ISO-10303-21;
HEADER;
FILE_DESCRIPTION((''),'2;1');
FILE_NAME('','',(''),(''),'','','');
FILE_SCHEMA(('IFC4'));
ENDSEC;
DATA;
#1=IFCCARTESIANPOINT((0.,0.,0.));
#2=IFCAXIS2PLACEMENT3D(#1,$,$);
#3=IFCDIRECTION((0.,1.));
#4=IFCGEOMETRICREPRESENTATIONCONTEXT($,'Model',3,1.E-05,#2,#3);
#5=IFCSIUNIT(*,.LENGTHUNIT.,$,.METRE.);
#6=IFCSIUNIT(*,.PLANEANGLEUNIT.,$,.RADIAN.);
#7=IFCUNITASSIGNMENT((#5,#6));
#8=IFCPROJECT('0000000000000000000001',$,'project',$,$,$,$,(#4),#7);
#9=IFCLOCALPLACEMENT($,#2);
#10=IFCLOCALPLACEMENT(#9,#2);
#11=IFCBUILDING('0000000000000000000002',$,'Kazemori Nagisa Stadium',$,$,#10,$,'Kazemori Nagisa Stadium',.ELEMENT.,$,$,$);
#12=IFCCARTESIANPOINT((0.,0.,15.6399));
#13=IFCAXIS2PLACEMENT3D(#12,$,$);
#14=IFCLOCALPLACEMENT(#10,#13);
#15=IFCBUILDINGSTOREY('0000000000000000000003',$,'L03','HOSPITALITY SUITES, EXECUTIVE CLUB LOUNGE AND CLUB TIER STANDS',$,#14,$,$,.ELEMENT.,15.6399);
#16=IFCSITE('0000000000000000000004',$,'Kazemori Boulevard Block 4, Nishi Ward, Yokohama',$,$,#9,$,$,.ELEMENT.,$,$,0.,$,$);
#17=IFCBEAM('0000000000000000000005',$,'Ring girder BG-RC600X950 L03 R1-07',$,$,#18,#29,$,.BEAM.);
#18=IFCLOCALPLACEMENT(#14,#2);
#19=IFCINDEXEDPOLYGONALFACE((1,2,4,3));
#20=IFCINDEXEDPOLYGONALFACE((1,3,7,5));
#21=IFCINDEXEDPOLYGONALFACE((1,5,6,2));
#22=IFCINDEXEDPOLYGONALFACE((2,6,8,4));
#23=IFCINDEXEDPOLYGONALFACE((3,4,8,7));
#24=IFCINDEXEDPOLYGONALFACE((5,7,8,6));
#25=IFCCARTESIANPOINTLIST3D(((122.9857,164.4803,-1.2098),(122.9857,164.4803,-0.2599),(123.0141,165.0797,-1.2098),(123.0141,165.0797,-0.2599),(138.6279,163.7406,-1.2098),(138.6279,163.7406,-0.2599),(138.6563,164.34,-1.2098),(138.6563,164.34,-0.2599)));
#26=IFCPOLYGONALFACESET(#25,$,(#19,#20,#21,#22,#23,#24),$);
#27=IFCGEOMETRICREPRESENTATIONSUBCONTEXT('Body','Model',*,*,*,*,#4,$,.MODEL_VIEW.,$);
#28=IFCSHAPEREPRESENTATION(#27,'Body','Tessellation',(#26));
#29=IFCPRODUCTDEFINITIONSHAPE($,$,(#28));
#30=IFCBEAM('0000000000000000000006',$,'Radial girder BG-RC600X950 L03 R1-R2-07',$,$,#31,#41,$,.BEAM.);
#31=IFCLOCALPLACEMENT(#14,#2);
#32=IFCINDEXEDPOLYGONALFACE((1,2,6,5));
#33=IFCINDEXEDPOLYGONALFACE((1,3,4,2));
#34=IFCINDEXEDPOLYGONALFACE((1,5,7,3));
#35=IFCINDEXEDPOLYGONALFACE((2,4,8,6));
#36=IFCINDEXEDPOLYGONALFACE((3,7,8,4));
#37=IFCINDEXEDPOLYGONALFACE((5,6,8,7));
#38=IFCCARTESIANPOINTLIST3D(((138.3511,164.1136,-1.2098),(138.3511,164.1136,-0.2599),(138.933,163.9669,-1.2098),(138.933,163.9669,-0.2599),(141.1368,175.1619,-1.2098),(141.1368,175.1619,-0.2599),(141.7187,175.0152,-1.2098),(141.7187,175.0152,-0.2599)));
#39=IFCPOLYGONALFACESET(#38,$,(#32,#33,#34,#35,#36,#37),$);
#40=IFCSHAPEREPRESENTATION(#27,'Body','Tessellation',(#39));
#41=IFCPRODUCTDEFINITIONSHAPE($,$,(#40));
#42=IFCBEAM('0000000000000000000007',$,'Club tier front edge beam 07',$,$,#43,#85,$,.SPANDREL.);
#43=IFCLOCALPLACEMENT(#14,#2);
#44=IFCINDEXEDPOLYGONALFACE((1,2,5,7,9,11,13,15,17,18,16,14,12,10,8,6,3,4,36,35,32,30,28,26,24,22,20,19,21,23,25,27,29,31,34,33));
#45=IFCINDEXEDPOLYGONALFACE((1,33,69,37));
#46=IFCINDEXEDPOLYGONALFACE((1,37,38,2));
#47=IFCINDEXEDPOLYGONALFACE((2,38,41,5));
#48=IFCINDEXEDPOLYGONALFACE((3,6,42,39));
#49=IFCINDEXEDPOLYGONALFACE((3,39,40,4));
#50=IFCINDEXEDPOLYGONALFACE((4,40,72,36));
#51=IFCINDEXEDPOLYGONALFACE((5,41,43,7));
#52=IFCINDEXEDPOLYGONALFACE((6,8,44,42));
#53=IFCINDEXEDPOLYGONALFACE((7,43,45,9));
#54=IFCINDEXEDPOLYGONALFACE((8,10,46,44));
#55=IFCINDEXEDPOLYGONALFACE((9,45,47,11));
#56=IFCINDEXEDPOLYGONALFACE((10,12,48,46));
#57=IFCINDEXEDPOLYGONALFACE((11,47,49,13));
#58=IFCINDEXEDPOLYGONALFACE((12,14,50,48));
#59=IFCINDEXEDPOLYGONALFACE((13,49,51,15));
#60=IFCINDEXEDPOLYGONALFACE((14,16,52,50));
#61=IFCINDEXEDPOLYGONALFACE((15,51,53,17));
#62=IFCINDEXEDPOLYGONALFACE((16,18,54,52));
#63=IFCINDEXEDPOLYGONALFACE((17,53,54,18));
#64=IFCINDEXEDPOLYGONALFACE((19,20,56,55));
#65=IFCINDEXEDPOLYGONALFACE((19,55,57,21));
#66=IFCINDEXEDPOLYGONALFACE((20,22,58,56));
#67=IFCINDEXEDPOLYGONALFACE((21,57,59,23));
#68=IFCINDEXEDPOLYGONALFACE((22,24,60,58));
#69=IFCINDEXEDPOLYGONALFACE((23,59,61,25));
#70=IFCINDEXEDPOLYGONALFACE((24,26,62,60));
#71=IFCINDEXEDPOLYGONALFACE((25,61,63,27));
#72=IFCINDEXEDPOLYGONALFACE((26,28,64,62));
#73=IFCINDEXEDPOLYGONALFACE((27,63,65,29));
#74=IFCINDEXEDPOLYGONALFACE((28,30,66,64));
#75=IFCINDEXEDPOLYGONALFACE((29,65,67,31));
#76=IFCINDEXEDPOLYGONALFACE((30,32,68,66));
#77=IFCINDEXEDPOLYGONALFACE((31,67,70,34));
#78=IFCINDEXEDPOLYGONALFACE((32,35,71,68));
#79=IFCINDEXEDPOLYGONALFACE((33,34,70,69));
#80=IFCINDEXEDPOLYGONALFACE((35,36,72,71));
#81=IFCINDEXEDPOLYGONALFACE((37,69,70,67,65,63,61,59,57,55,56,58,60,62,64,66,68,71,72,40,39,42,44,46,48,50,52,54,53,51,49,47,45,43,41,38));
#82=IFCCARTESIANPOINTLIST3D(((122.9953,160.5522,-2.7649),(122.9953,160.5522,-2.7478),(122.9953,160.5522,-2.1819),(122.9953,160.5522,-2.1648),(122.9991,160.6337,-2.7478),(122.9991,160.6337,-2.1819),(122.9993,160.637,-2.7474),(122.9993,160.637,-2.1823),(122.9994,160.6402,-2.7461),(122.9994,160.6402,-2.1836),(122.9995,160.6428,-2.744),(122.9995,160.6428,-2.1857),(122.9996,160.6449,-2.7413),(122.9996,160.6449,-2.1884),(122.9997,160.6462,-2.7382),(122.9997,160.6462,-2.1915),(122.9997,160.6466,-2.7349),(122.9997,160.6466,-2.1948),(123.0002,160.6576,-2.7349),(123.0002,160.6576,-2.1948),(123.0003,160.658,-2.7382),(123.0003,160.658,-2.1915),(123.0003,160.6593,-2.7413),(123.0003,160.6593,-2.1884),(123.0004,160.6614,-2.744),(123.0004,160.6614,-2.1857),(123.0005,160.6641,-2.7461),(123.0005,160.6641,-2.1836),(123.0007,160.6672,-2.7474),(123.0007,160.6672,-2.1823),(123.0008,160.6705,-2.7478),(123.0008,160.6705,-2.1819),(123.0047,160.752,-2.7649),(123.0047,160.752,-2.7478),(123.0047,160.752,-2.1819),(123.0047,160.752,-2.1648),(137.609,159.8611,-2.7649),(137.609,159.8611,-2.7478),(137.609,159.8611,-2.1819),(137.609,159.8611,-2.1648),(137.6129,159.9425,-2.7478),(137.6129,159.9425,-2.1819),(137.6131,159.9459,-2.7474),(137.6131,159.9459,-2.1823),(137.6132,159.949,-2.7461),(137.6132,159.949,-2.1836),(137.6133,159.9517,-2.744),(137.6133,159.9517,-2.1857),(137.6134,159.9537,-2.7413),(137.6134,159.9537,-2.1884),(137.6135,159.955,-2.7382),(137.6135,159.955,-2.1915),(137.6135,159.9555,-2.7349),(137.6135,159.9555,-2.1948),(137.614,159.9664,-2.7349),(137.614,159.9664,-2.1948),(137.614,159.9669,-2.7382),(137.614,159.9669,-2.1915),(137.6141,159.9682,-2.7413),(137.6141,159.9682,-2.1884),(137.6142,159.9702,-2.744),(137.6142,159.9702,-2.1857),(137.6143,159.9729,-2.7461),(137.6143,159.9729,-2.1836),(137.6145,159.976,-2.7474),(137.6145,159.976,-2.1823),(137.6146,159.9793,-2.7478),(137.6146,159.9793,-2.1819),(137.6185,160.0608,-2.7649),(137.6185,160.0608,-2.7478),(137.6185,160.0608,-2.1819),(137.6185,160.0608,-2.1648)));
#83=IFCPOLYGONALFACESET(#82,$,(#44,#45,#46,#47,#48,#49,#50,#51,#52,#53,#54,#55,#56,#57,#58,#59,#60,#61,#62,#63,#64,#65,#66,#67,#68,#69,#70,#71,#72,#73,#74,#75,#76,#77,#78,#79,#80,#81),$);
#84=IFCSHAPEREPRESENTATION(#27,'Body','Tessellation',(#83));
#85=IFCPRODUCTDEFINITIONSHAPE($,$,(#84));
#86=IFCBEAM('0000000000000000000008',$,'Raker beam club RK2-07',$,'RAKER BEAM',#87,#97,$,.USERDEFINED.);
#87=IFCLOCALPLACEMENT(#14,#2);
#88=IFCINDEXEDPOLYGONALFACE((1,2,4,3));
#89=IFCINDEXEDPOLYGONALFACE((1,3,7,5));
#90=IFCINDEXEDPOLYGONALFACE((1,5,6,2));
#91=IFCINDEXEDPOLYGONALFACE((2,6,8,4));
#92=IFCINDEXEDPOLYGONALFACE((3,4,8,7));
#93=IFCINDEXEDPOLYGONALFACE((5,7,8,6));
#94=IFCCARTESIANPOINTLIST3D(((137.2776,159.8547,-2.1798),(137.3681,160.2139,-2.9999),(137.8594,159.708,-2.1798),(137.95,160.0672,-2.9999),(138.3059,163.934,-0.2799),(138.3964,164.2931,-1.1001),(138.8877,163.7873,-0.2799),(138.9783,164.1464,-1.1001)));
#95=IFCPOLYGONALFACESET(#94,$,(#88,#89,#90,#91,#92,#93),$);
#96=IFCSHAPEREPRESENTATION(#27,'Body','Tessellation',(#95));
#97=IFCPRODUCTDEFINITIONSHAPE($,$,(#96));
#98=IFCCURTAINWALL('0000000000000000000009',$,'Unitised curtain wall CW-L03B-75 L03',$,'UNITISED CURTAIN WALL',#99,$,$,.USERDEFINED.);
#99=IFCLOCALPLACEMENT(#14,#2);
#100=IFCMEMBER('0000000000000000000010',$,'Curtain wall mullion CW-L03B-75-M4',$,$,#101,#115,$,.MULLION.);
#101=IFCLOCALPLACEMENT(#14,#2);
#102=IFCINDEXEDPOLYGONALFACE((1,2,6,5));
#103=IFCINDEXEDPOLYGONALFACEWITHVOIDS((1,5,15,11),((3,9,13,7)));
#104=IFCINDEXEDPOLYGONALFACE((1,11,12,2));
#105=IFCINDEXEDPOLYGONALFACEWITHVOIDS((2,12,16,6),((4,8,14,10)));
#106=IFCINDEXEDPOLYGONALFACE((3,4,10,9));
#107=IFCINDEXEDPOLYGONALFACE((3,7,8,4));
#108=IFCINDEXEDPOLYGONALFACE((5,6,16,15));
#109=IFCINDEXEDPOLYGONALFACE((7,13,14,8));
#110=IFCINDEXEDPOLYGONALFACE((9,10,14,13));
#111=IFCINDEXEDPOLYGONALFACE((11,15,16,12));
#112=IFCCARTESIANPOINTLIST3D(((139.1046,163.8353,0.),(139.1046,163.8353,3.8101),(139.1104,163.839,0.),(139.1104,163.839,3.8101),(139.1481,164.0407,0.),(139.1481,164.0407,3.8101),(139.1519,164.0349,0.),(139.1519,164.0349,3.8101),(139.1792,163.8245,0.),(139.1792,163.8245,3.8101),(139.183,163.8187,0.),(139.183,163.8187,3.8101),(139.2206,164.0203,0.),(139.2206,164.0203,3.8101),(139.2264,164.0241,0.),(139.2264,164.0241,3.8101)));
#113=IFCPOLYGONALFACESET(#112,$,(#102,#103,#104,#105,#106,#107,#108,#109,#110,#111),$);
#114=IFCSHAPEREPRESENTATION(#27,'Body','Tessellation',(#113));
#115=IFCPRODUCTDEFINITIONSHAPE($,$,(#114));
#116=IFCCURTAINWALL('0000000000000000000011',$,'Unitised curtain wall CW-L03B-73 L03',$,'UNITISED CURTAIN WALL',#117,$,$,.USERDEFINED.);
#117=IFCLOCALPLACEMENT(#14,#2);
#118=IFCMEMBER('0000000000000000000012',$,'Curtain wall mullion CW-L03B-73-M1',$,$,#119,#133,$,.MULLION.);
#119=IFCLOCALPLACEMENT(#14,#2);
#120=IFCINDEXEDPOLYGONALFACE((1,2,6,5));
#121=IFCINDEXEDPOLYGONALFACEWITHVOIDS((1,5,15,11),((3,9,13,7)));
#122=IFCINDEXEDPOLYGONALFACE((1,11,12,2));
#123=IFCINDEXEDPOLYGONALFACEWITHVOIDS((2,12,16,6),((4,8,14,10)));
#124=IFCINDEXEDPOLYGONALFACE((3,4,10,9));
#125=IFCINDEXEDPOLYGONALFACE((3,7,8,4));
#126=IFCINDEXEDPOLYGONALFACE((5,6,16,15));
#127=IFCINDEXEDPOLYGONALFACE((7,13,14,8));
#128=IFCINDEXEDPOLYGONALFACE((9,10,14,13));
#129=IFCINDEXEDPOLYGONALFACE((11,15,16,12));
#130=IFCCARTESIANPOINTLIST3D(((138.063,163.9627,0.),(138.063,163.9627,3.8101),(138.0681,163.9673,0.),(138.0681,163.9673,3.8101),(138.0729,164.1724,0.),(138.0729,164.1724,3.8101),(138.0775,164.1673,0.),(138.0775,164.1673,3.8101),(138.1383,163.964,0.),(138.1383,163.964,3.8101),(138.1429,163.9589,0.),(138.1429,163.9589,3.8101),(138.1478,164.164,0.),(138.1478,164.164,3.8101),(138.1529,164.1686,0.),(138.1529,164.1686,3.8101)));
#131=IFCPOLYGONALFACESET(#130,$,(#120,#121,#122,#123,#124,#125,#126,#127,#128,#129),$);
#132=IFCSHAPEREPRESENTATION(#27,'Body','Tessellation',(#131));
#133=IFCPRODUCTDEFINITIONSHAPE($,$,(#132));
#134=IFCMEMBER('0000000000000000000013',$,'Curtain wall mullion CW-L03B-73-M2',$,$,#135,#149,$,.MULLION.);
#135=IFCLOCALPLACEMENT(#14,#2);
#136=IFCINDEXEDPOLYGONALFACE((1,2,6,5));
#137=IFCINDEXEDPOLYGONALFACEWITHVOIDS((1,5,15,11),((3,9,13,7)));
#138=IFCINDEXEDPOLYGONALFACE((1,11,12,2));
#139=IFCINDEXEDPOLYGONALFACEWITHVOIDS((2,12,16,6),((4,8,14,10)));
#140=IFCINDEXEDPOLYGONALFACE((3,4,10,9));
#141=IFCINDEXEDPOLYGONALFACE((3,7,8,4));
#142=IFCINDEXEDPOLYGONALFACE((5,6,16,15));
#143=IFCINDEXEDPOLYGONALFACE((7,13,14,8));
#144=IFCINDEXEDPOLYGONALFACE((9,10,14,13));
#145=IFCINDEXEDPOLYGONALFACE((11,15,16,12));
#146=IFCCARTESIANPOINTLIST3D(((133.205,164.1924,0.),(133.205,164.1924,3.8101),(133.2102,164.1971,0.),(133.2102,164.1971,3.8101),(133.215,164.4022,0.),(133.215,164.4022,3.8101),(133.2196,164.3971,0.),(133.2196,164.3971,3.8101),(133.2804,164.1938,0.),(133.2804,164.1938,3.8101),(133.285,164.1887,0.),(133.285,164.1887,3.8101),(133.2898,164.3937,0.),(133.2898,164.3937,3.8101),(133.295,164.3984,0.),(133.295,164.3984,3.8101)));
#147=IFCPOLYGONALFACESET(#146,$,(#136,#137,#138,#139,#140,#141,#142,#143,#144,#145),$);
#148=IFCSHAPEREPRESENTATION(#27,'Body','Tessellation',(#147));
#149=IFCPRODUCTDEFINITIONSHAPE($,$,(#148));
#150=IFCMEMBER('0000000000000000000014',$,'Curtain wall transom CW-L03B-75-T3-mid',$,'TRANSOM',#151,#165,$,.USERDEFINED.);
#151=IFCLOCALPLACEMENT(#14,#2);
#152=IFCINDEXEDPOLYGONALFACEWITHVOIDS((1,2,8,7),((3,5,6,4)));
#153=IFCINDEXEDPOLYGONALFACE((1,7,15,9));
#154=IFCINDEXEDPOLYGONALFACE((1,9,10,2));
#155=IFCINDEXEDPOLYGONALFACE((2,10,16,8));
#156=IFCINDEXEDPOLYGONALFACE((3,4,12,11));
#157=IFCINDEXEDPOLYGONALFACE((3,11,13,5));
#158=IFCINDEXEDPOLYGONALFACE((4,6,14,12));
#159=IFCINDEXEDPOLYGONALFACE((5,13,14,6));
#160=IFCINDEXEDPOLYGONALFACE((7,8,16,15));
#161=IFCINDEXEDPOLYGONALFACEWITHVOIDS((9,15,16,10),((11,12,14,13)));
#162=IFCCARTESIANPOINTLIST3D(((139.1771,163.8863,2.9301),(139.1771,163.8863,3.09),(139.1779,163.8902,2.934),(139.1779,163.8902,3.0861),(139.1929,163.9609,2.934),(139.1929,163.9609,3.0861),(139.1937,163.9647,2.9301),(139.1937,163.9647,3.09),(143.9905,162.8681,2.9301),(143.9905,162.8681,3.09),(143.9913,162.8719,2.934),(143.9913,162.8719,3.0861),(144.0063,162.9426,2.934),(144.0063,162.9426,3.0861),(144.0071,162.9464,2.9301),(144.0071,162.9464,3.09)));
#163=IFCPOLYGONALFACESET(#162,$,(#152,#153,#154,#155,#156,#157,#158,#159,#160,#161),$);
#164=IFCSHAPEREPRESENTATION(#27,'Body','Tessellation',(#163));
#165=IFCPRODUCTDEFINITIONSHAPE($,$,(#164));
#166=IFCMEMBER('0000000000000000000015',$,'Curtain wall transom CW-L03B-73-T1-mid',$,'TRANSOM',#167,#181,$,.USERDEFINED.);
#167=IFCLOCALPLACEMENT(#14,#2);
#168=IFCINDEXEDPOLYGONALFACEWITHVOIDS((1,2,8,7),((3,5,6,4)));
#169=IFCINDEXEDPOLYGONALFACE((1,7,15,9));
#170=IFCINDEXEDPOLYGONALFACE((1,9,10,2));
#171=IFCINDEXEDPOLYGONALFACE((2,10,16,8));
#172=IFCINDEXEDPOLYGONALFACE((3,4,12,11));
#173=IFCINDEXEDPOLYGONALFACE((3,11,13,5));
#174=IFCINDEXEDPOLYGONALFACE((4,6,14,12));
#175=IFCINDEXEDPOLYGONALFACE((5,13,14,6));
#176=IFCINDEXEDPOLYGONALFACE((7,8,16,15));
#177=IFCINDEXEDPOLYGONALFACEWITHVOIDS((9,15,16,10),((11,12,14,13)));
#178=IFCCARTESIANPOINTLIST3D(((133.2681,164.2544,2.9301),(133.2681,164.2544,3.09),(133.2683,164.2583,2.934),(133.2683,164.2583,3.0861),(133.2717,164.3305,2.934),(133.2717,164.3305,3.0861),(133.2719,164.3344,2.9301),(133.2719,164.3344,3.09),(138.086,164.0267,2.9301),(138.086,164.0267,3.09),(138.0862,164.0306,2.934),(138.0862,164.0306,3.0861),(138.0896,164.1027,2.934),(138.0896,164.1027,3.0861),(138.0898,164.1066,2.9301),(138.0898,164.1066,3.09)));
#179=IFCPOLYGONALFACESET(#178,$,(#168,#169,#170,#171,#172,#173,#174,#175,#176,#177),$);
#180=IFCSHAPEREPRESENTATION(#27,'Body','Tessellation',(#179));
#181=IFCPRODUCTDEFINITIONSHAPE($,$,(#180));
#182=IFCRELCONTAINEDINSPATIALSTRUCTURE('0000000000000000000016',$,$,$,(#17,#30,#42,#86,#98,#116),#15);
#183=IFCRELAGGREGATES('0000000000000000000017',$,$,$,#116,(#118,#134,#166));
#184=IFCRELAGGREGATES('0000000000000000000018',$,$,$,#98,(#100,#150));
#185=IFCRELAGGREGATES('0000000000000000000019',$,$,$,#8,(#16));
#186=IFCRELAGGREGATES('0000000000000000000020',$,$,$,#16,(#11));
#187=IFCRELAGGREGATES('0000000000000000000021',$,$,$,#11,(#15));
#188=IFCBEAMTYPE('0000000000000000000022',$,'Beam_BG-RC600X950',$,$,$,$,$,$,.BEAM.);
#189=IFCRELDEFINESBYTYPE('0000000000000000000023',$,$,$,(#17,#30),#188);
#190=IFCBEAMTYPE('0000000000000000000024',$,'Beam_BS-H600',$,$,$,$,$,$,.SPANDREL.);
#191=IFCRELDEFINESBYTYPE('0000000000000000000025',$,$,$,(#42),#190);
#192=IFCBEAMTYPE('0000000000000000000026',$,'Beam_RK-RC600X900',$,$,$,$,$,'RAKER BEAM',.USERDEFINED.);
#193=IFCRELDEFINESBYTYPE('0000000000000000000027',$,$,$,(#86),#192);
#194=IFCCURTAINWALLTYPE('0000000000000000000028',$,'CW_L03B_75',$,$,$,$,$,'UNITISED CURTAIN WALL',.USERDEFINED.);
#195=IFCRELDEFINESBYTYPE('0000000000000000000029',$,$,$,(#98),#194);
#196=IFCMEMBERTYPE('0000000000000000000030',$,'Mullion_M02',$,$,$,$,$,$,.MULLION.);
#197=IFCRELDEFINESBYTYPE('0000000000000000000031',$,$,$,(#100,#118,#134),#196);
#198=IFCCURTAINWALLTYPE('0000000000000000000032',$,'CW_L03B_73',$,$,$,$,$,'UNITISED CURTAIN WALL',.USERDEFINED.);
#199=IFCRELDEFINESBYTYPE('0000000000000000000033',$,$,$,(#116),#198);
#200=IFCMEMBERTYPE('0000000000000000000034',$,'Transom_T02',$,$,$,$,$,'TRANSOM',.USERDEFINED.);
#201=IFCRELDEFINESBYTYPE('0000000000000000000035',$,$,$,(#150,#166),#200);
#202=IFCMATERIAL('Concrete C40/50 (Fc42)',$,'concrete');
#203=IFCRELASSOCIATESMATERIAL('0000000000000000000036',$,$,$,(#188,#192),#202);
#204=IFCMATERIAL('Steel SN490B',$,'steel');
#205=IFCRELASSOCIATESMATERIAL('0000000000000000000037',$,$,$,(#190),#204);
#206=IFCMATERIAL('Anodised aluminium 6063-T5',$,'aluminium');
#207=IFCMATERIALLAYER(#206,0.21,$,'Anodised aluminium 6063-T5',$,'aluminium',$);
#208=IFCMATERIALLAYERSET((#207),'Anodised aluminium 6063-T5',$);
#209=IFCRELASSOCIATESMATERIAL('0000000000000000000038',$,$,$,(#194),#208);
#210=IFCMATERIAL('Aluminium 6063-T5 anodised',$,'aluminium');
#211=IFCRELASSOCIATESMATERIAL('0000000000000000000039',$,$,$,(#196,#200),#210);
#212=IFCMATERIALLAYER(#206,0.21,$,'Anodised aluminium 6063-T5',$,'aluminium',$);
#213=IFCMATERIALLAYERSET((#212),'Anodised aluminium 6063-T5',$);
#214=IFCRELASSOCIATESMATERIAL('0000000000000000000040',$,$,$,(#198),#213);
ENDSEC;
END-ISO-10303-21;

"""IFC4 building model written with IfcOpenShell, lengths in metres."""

from ifc_helpers import new_model, si_unit, direction, frame, origin, origin_2d, place, context, subcontext, project, spatial, rectangle, hollow_rectangle, i_section, extrude, material, layer, layer_set, material_profile, profile_set, type_object, element, aggregate, save


model = new_model("IFC4")

# Units and contexts
model_context = context("Model", 3, precision=1e-05, world=origin(), true_north=direction((0.0, 1.0)))
body_context = subcontext(model_context, "Body", "Model", "MODEL_VIEW")
ifc_project = project(units=[si_unit("LENGTHUNIT", "METRE"), si_unit("PLANEANGLEUNIT", "RADIAN")], contexts=[model_context])

# Site, building, storey
site_placement = place(None, origin())
site = spatial("IfcSite", under=ifc_project, at=site_placement, Name="Kazemori Boulevard Block 4, Nishi Ward, Yokohama", CompositionType="ELEMENT", RefElevation=0.0)
building_placement = place(site_placement, origin())
building = spatial("IfcBuilding", under=site, at=building_placement, Name="Kazemori Nagisa Stadium", LongName="Kazemori Nagisa Stadium", CompositionType="ELEMENT")
storey_placement = place(building_placement, frame((0.0, 0.0, 15.6399)))
storey = spatial("IfcBuildingStorey", under=building, at=storey_placement, Name="L03", Description="HOSPITALITY SUITES, EXECUTIVE CLUB LOUNGE AND CLUB TIER STANDS", CompositionType="ELEMENT", Elevation=15.6399)

# Shared definitions
ifc_material_1 = material(Name="Concrete C40/50 (Fc42)", Category="concrete")

# Beams
ifc_material_profile_1 = material_profile(ifc_material_1, rectangle(XDim=0.6001, YDim=0.95, at=origin_2d()), Name="RC-BM-600x950")
ifc_profile_set_1 = profile_set([ifc_material_profile_1], Name="Concrete C40/50 (Fc42)")
beam_type_1 = type_object("IfcBeamType", Name="Beam_BG-RC600X950", PredefinedType="BEAM", material=ifc_profile_set_1)
beam_1_placement = place(storey_placement, frame((138.6421, 164.0403, -0.7349), z_axis=(-0.998884, 0.047239, 0.0), x_axis=(-0.047239, -0.998884, 0.0)))
element("IfcBeam", 1, at=beam_1_placement, inside=storey, type_object=beam_type_1, Name="Ring girder BG-RC600X950 L03 R1-07", PredefinedType="BEAM", context=body_context, shape_type="SweptSolid", body=[
    extrude(rectangle(XDim=0.6001, YDim=0.95, at=origin_2d()), origin(), (0.0, 0.0, 1.0), 15.6597),
])
beam_2_placement = place(storey_placement, frame((138.6421, 164.0403, -0.7349), z_axis=(0.244481, 0.969654, 0.0), x_axis=(-0.969654, 0.244481, 0.0)))
element("IfcBeam", 2, at=beam_2_placement, inside=storey, type_object=beam_type_1, Name="Radial girder BG-RC600X950 L03 R1-R2-07", PredefinedType="BEAM", context=body_context, shape_type="SweptSolid", body=[
    extrude(rectangle(XDim=0.6001, YDim=0.95, at=origin_2d()), origin(), (0.0, 0.0, 1.0), 11.394),
])
ifc_material_2 = material(Name="Steel SN490B", Category="steel")
ifc_material_profile_2 = material_profile(ifc_material_2, i_section(OverallWidth=0.2, OverallDepth=0.6001, WebThickness=0.011, FlangeThickness=0.0171, FilletRadius=0.0129, at=origin_2d()), Name="H-600x200x11x17")
ifc_profile_set_2 = profile_set([ifc_material_profile_2], Name="Steel SN490B")
beam_type_2 = type_object("IfcBeamType", Name="Beam_BS-H600", PredefinedType="SPANDREL", material=ifc_profile_set_2)
beam_3_placement = place(storey_placement, frame((137.6138, 159.9609, -2.4648), z_axis=(-0.998883, 0.047242, 0.0), x_axis=(-0.047242, -0.998883, 0.0)))
element("IfcBeam", 3, at=beam_3_placement, inside=storey, type_object=beam_type_2, Name="Club tier front edge beam 07", PredefinedType="SPANDREL", context=body_context, shape_type="SweptSolid", body=[
    extrude(i_section(OverallWidth=0.2, OverallDepth=0.6001, WebThickness=0.011, FlangeThickness=0.0171, FilletRadius=0.0129, at=origin_2d()), origin(), (0.0, 0.0, 1.0), 14.6301),
])
ifc_material_profile_3 = material_profile(ifc_material_1, rectangle(XDim=0.6001, YDim=0.8999, at=origin_2d()), Name="RC-RK-600x900")
ifc_profile_set_3 = profile_set([ifc_material_profile_3], Name="Concrete C40/50 (Fc42)")
beam_type_3 = type_object("IfcBeamType", Name="Beam_RK-RC600X900", ElementType="RAKER BEAM", PredefinedType="USERDEFINED", material=ifc_profile_set_3)
beam_4_placement = place(storey_placement, frame((137.6138, 159.9609, -2.5898), z_axis=(0.222769, 0.883726, 0.411584), x_axis=(-0.969666, 0.244433, 0.0)))
element("IfcBeam", 4, at=beam_4_placement, inside=storey, type_object=beam_type_3, Name="Raker beam club RK2-07", ObjectType="RAKER BEAM", PredefinedType="USERDEFINED", context=body_context, shape_type="SweptSolid", body=[
    extrude(rectangle(XDim=0.6001, YDim=0.8999, at=origin_2d()), origin(), (0.0, 0.0, 1.0), 4.616),
])

# Curtain wall, member
ifc_material_3 = material(Name="Anodised aluminium 6063-T5", Category="aluminium")
ifc_layer_1 = layer(ifc_material_3, 0.21, Name="Anodised aluminium 6063-T5", Category="aluminium")
ifc_layer_set_1 = layer_set([ifc_layer_1], Name="Anodised aluminium 6063-T5")
curtain_wall_type_1 = type_object("IfcCurtainWallType", Name="CW_L03B_75", ElementType="UNITISED CURTAIN WALL", PredefinedType="USERDEFINED", material=ifc_layer_set_1)
curtain_wall_1_placement = place(storey_placement, origin())
curtain_wall_1 = element("IfcCurtainWall", 5, at=curtain_wall_1_placement, inside=storey, type_object=curtain_wall_type_1, Name="Unitised curtain wall CW-L03B-75 L03", ObjectType="UNITISED CURTAIN WALL", PredefinedType="USERDEFINED")
ifc_material_4 = material(Name="Aluminium 6063-T5 anodised", Category="aluminium")
ifc_material_profile_4 = material_profile(ifc_material_4, hollow_rectangle(XDim=0.0801, YDim=0.21, WallThickness=0.0049, at=origin_2d()), Name="ALU-MULL-80x210x5")
ifc_profile_set_4 = profile_set([ifc_material_profile_4], Name="Aluminium 6063-T5 anodised")
member_type_1 = type_object("IfcMemberType", Name="Mullion_M02", PredefinedType="MULLION", material=ifc_profile_set_4)
member_1_placement = place(storey_placement, frame((139.1655, 163.9297, 0.0), z_axis=(0.0, 0.0, 1.0), x_axis=(-0.978345, 0.206981, 0.0)))
member_1 = element("IfcMember", 6, at=member_1_placement, type_object=member_type_1, Name="Curtain wall mullion CW-L03B-75-M4", PredefinedType="MULLION", context=body_context, shape_type="SweptSolid", body=[
    extrude(hollow_rectangle(XDim=0.0801, YDim=0.21, WallThickness=0.0049, at=origin_2d()), origin(), (0.0, 0.0, 1.0), 3.8101),
])

# Curtain wall, members
ifc_layer_2 = layer(ifc_material_3, 0.21, Name="Anodised aluminium 6063-T5", Category="aluminium")
ifc_layer_set_2 = layer_set([ifc_layer_2], Name="Anodised aluminium 6063-T5")
curtain_wall_type_2 = type_object("IfcCurtainWallType", Name="CW_L03B_73", ElementType="UNITISED CURTAIN WALL", PredefinedType="USERDEFINED", material=ifc_layer_set_2)
curtain_wall_2_placement = place(storey_placement, origin())
curtain_wall_2 = element("IfcCurtainWall", 7, at=curtain_wall_2_placement, inside=storey, type_object=curtain_wall_type_2, Name="Unitised curtain wall CW-L03B-73 L03", ObjectType="UNITISED CURTAIN WALL", PredefinedType="USERDEFINED")
member_2_placement = place(storey_placement, frame((138.1079, 164.0657, 0.0), z_axis=(0.0, 0.0, 1.0), x_axis=(-0.998884, 0.04723, 0.0)))
member_2 = element("IfcMember", 8, at=member_2_placement, type_object=member_type_1, Name="Curtain wall mullion CW-L03B-73-M1", PredefinedType="MULLION", context=body_context, shape_type="SweptSolid", body=[
    extrude(hollow_rectangle(XDim=0.0801, YDim=0.21, WallThickness=0.0049, at=origin_2d()), origin(), (0.0, 0.0, 1.0), 3.8101),
])
member_3_placement = place(storey_placement, frame((133.25, 164.2954, 0.0), z_axis=(0.0, 0.0, 1.0), x_axis=(-0.998884, 0.04723, 0.0)))
member_3 = element("IfcMember", 9, at=member_3_placement, type_object=member_type_1, Name="Curtain wall mullion CW-L03B-73-M2", PredefinedType="MULLION", context=body_context, shape_type="SweptSolid", body=[
    extrude(hollow_rectangle(XDim=0.0801, YDim=0.21, WallThickness=0.0049, at=origin_2d()), origin(), (0.0, 0.0, 1.0), 3.8101),
])

# Members
ifc_material_profile_5 = material_profile(ifc_material_4, hollow_rectangle(XDim=0.0801, YDim=0.1599, WallThickness=0.0039, at=origin_2d()), Name="ALU-TRAN-80x160x4")
ifc_profile_set_5 = profile_set([ifc_material_profile_5], Name="Aluminium 6063-T5 anodised")
member_type_2 = type_object("IfcMemberType", Name="Transom_T02", ElementType="TRANSOM", PredefinedType="USERDEFINED", material=ifc_profile_set_5)
member_4_placement = place(storey_placement, frame((143.9988, 162.9072, 3.01), z_axis=(-0.978347, 0.206973, 0.0), x_axis=(-0.206973, -0.978347, 0.0)))
member_4 = element("IfcMember", 10, at=member_4_placement, type_object=member_type_2, Name="Curtain wall transom CW-L03B-75-T3-mid", ObjectType="TRANSOM", PredefinedType="USERDEFINED", context=body_context, shape_type="SweptSolid", body=[
    extrude(hollow_rectangle(XDim=0.0801, YDim=0.1599, WallThickness=0.0039, at=origin_2d()), origin(), (0.0, 0.0, 1.0), 4.9199),
])
member_5_placement = place(storey_placement, frame((138.0879, 164.0667, 3.01), z_axis=(-0.998884, 0.047226, 0.0), x_axis=(-0.047226, -0.998884, 0.0)))
member_5 = element("IfcMember", 11, at=member_5_placement, type_object=member_type_2, Name="Curtain wall transom CW-L03B-73-T1-mid", ObjectType="TRANSOM", PredefinedType="USERDEFINED", context=body_context, shape_type="SweptSolid", body=[
    extrude(hollow_rectangle(XDim=0.0801, YDim=0.1599, WallThickness=0.0039, at=origin_2d()), origin(), (0.0, 0.0, 1.0), 4.8232),
])

aggregate(curtain_wall_2, [member_2, member_3, member_5])
aggregate(curtain_wall_1, [member_1, member_4])

save(model, "model.ifc")
